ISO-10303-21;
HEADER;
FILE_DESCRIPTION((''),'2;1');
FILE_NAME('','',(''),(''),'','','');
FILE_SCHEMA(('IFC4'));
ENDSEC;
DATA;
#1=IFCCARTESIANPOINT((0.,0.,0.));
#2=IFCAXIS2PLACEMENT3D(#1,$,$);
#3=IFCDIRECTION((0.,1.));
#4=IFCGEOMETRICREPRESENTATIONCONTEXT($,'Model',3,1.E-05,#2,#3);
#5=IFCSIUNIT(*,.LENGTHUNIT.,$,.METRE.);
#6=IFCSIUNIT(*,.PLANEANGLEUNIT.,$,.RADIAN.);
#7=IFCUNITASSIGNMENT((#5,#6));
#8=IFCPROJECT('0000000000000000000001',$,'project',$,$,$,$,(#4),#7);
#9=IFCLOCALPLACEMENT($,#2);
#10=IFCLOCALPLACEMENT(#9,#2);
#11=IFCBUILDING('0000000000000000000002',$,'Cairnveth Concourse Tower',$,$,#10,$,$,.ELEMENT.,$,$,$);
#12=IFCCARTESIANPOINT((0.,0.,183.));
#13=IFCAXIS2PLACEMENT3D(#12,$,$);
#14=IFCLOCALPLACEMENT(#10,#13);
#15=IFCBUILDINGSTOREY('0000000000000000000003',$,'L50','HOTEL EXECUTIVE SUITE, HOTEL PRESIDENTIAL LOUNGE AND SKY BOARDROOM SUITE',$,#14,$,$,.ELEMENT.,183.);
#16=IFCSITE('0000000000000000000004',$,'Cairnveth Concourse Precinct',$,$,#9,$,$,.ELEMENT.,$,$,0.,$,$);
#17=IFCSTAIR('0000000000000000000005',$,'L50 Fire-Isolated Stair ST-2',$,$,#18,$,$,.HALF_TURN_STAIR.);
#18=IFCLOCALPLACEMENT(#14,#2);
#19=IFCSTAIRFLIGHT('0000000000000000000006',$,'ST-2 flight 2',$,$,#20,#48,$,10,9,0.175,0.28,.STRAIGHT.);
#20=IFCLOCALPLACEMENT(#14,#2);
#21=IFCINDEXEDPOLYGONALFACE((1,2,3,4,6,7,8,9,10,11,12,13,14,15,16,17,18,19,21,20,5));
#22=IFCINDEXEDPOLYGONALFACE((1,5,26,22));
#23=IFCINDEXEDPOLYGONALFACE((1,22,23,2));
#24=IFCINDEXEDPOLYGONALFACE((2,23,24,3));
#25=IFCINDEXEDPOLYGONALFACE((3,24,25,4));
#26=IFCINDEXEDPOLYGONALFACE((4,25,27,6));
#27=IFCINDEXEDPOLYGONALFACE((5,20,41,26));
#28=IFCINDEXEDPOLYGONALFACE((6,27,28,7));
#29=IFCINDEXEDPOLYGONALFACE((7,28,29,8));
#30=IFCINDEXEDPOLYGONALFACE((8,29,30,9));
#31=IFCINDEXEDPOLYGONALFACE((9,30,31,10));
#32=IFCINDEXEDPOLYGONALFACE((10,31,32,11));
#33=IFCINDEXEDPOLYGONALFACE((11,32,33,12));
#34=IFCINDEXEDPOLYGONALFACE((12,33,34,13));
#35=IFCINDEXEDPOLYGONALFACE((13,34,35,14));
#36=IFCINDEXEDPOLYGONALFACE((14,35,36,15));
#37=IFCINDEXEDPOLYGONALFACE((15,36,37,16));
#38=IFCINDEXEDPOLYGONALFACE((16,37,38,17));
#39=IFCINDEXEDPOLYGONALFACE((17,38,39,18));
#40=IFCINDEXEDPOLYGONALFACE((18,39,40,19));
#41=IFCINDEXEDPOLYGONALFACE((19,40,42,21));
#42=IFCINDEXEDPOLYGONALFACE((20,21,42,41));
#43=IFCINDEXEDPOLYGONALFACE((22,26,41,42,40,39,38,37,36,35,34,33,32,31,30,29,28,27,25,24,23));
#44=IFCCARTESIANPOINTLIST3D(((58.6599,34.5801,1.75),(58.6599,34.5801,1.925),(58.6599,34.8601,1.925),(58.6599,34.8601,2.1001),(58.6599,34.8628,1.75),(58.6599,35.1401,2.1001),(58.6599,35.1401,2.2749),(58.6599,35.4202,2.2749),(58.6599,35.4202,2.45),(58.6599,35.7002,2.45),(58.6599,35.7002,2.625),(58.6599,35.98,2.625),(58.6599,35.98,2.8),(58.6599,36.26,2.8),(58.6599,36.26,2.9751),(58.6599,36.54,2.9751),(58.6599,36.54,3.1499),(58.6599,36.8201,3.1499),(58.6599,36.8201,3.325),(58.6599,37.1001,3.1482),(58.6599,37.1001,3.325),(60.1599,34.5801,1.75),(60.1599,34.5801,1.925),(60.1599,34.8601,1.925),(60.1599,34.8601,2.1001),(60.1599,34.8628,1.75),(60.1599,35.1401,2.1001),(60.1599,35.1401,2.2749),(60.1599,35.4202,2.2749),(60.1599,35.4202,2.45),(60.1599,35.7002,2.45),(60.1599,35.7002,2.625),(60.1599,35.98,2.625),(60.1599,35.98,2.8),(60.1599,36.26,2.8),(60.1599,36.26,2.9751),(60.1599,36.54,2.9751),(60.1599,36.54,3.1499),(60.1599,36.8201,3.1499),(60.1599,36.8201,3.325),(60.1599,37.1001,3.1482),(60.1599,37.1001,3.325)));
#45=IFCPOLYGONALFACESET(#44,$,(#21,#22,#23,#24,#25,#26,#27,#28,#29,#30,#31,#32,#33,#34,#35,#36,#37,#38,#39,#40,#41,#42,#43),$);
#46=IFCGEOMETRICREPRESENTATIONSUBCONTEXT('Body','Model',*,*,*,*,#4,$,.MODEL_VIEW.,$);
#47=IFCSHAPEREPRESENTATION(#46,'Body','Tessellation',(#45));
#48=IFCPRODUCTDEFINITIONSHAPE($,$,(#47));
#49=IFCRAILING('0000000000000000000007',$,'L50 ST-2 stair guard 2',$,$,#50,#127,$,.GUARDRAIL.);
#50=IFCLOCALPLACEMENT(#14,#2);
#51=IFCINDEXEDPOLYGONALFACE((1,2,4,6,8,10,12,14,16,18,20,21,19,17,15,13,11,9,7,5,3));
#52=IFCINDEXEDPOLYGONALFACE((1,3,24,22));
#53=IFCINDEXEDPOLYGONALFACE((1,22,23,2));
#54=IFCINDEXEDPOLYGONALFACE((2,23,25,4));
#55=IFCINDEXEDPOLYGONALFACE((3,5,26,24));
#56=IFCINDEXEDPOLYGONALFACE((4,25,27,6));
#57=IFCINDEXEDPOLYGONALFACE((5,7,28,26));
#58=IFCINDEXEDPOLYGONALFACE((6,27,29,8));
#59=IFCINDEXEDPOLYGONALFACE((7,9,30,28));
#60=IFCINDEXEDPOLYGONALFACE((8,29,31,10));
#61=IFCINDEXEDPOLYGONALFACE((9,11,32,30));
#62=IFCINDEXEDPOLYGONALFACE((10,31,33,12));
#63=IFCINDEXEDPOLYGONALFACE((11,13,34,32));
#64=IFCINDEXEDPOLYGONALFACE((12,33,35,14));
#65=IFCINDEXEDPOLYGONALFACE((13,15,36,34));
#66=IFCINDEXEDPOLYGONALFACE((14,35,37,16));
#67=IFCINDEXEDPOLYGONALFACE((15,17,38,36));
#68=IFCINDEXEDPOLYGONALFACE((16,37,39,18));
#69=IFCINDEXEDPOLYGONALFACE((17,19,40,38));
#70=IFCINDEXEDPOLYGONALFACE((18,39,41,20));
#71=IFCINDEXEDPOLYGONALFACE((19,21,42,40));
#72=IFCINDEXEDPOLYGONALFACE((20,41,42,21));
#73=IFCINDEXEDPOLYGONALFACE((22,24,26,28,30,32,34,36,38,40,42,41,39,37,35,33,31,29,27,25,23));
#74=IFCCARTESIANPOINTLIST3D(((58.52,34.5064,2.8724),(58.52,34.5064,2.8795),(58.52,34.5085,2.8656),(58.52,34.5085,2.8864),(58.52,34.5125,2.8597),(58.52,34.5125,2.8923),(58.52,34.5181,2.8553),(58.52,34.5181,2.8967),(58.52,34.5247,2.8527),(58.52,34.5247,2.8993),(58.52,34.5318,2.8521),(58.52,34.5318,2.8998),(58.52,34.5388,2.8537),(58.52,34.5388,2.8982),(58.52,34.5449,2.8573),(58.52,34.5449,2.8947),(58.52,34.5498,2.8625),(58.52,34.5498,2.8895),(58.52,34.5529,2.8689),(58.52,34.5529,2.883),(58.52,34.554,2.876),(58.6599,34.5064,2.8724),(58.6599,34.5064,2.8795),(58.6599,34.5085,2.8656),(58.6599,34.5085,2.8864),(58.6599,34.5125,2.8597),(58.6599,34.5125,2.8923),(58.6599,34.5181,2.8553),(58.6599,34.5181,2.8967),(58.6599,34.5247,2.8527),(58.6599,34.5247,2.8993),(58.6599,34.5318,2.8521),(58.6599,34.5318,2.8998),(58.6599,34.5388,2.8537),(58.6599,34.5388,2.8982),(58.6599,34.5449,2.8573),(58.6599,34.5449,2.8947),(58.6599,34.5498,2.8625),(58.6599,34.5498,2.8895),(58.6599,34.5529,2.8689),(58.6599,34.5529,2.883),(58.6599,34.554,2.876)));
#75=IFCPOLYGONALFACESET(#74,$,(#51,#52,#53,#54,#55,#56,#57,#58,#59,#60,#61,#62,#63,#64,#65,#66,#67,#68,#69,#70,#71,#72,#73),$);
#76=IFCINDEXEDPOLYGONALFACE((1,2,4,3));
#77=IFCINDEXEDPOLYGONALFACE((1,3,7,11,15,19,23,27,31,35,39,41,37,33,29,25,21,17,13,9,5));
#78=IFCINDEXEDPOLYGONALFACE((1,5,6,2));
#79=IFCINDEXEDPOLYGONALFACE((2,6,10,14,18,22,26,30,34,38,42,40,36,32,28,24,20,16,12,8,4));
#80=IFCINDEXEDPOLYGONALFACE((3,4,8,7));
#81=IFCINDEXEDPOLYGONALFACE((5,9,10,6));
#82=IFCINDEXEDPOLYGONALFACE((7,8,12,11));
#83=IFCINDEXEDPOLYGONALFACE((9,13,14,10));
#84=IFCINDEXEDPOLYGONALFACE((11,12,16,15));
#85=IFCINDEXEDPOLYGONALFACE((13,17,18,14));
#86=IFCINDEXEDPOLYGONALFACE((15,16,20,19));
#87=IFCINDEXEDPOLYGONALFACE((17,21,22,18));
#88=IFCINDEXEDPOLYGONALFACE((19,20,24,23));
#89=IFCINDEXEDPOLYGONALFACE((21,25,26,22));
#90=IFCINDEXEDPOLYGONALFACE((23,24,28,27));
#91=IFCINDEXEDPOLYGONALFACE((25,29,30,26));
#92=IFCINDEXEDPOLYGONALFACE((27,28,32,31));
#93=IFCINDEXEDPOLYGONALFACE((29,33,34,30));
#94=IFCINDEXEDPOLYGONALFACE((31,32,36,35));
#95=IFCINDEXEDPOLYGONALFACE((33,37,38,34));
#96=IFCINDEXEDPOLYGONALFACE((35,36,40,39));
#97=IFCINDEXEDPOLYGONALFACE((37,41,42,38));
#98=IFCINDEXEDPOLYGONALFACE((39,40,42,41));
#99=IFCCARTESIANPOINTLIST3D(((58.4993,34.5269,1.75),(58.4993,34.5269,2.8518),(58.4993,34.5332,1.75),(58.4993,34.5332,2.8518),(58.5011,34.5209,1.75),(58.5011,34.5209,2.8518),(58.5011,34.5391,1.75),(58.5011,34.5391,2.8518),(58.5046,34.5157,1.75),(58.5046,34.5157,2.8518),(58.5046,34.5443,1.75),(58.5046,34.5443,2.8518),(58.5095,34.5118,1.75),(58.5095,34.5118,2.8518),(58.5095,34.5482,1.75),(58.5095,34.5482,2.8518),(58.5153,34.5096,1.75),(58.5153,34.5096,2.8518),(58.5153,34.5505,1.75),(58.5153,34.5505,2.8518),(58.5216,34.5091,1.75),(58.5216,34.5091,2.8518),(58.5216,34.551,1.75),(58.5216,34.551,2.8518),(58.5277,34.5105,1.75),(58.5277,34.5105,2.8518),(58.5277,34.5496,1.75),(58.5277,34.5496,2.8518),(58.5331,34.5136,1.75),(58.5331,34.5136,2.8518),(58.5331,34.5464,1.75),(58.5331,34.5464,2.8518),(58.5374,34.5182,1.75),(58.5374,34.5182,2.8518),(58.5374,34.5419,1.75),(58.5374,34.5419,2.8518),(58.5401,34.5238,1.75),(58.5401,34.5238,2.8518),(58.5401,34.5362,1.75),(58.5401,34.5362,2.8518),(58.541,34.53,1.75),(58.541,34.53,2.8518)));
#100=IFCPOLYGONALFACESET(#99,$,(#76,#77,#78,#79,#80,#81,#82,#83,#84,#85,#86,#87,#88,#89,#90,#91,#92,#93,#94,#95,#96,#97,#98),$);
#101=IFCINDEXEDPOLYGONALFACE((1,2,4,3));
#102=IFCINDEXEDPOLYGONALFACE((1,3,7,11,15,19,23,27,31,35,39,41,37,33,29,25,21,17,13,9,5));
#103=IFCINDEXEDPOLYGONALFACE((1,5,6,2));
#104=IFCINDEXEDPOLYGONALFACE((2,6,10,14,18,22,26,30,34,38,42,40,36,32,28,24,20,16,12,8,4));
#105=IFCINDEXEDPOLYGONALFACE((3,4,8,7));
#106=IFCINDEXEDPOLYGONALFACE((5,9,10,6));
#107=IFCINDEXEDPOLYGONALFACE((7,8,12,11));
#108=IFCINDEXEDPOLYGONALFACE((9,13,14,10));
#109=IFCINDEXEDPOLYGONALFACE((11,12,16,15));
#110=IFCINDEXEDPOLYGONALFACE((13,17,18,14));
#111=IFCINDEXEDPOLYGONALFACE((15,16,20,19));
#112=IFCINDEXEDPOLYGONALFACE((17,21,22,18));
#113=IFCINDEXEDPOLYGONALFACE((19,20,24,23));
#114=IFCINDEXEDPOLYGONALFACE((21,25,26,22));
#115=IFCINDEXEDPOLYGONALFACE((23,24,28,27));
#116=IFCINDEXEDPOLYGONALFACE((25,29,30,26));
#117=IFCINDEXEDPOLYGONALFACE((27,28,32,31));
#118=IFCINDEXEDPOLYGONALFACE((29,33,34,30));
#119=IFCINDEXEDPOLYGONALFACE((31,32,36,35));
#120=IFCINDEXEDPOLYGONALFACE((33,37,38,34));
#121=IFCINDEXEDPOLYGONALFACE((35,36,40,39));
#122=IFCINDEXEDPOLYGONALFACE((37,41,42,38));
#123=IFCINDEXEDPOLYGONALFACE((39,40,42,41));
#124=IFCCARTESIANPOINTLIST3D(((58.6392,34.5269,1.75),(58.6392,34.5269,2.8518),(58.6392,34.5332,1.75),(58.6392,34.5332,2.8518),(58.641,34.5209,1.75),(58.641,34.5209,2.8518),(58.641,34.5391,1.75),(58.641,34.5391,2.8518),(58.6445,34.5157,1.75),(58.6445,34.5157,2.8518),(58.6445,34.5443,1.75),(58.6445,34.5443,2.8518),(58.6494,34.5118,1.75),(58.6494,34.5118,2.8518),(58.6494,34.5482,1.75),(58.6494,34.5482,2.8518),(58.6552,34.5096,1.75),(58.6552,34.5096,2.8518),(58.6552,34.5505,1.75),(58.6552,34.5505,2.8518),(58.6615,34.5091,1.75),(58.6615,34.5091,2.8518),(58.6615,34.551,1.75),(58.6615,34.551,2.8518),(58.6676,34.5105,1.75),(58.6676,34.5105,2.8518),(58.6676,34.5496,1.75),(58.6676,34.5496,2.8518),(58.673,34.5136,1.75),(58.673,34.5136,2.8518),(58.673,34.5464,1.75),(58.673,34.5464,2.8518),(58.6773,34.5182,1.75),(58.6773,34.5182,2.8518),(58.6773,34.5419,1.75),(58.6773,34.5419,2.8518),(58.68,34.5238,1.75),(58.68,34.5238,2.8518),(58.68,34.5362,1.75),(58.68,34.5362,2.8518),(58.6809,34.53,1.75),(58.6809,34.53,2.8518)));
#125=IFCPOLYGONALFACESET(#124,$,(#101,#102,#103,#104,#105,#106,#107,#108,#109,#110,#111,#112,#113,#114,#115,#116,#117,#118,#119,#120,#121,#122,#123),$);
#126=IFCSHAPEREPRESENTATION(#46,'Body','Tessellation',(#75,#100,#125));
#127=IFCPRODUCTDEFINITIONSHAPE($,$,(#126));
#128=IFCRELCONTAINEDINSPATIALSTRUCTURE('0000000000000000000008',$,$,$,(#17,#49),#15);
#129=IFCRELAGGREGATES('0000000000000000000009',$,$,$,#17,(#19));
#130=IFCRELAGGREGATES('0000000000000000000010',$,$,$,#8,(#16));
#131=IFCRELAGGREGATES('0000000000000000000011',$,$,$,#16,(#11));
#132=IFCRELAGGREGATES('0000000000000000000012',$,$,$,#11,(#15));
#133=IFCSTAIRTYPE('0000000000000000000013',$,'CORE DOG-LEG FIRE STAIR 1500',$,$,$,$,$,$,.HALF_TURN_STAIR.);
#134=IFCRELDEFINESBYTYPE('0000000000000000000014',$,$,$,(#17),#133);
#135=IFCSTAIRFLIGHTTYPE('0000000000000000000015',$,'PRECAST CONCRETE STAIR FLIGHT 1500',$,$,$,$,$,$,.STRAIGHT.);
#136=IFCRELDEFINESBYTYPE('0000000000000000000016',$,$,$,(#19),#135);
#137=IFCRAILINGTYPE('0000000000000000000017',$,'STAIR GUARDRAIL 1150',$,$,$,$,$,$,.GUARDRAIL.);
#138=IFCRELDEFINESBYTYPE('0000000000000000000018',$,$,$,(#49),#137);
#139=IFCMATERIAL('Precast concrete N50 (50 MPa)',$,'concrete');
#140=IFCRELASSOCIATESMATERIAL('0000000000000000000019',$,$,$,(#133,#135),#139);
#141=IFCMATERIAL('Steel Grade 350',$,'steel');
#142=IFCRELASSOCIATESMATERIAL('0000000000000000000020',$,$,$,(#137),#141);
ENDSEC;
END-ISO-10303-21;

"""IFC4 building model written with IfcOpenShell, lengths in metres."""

from ifc_helpers import new_model, si_unit, direction, frame, origin, origin_2d, place, context, subcontext, project, spatial, polyline, circle, outline, extrude, material, type_object, element, aggregate, save


model = new_model("IFC4")

# Units and contexts
model_context = context("Model", 3, precision=1e-05, world=origin(), true_north=direction((0.0, 1.0)))
body_context = subcontext(model_context, "Body", "Model", "MODEL_VIEW")
ifc_project = project(units=[si_unit("LENGTHUNIT", "METRE"), si_unit("PLANEANGLEUNIT", "RADIAN")], contexts=[model_context])

# Site, building, storey
site_placement = place(None, origin())
site = spatial("IfcSite", under=ifc_project, at=site_placement, Name="Cairnveth Concourse Precinct", CompositionType="ELEMENT", RefElevation=0.0)
building_placement = place(site_placement, origin())
building = spatial("IfcBuilding", under=site, at=building_placement, Name="Cairnveth Concourse Tower", CompositionType="ELEMENT")
storey_placement = place(building_placement, frame((0.0, 0.0, 183.0)))
storey = spatial("IfcBuildingStorey", under=building, at=storey_placement, Name="L50", Description="HOTEL EXECUTIVE SUITE, HOTEL PRESIDENTIAL LOUNGE AND SKY BOARDROOM SUITE", CompositionType="ELEMENT", Elevation=183.0)

# Shared definitions
ifc_material_1 = material(Name="Steel Grade 350", Category="steel")

# Stair, stair flight
ifc_material_2 = material(Name="Precast concrete N50 (50 MPa)", Category="concrete")
stair_type = type_object("IfcStairType", Name="CORE DOG-LEG FIRE STAIR 1500", PredefinedType="HALF_TURN_STAIR", material=ifc_material_2)
stair_placement = place(storey_placement, origin())
stair = element("IfcStair", 1, at=stair_placement, inside=storey, type_object=stair_type, Name="L50 Fire-Isolated Stair ST-2", PredefinedType="HALF_TURN_STAIR")
stair_flight_type = type_object("IfcStairFlightType", Name="PRECAST CONCRETE STAIR FLIGHT 1500", PredefinedType="STRAIGHT", material=ifc_material_2)
stair_flight_placement = place(storey_placement, frame((59.4099, 34.5801, 1.75), z_axis=(0.0, 0.0, 1.0), x_axis=(0.0, 1.0, 0.0)))
stair_flight = element("IfcStairFlight", 2, at=stair_flight_placement, type_object=stair_flight_type, Name="ST-2 flight 2", NumberOfRisers=10, NumberOfTreads=9, PredefinedType="STRAIGHT", RiserHeight=0.175, TreadLength=0.28, context=body_context, shape_type="SweptSolid", body=[
    extrude(outline(polyline([(0.0, 0.0), (0.0, 0.175), (0.28, 0.175), (0.28, 0.3501), (0.5601, 0.3501), (0.5601, 0.5249), (0.8401, 0.5249), (0.8401, 0.7), (1.1201, 0.7), (1.1201, 0.875), (1.3999, 0.875), (1.3999, 1.05), (1.6799, 1.05), (1.6799, 1.2251), (1.96, 1.2251), (1.96, 1.3999), (2.24, 1.3999), (2.24, 1.575), (2.52, 1.575), (2.52, 1.75), (2.52, 1.3982), (0.2827, 0.0), (0.0, 0.0)])), frame((0.0, 0.75, 0.0), z_axis=(0.0, -1.0, 0.0), x_axis=(1.0, 0.0, 0.0)), (0.0, 0.0, 1.0), 1.5),
])
aggregate(stair, [stair_flight])

# Railing
railing_type_1 = type_object("IfcRailingType", Name="STAIR GUARDRAIL 1150", PredefinedType="GUARDRAIL", material=ifc_material_1)
railing_1_placement = place(storey_placement, frame((58.52, 34.53, 1.75)))
element("IfcRailing", 3, at=railing_1_placement, inside=storey, type_object=railing_type_1, Name="L50 ST-2 stair guard 2", PredefinedType="GUARDRAIL", context=body_context, shape_type="SweptSolid", body=[
    extrude(circle(Radius=0.0239, at=origin_2d()), frame((0.0, 0.0, 1.126), z_axis=(1.0, 0.0, 0.0), x_axis=(0.0, 1.0, 0.0)), (0.0, 0.0, 1.0), 0.1399),
    extrude(circle(Radius=0.021, at=origin_2d()), origin(), (0.0, 0.0, 1.0), 1.1018),
    extrude(circle(Radius=0.021, at=origin_2d()), frame((0.1399, 0.0, 0.0)), (0.0, 0.0, 1.0), 1.1018),
])

save(model, "model.ifc")
